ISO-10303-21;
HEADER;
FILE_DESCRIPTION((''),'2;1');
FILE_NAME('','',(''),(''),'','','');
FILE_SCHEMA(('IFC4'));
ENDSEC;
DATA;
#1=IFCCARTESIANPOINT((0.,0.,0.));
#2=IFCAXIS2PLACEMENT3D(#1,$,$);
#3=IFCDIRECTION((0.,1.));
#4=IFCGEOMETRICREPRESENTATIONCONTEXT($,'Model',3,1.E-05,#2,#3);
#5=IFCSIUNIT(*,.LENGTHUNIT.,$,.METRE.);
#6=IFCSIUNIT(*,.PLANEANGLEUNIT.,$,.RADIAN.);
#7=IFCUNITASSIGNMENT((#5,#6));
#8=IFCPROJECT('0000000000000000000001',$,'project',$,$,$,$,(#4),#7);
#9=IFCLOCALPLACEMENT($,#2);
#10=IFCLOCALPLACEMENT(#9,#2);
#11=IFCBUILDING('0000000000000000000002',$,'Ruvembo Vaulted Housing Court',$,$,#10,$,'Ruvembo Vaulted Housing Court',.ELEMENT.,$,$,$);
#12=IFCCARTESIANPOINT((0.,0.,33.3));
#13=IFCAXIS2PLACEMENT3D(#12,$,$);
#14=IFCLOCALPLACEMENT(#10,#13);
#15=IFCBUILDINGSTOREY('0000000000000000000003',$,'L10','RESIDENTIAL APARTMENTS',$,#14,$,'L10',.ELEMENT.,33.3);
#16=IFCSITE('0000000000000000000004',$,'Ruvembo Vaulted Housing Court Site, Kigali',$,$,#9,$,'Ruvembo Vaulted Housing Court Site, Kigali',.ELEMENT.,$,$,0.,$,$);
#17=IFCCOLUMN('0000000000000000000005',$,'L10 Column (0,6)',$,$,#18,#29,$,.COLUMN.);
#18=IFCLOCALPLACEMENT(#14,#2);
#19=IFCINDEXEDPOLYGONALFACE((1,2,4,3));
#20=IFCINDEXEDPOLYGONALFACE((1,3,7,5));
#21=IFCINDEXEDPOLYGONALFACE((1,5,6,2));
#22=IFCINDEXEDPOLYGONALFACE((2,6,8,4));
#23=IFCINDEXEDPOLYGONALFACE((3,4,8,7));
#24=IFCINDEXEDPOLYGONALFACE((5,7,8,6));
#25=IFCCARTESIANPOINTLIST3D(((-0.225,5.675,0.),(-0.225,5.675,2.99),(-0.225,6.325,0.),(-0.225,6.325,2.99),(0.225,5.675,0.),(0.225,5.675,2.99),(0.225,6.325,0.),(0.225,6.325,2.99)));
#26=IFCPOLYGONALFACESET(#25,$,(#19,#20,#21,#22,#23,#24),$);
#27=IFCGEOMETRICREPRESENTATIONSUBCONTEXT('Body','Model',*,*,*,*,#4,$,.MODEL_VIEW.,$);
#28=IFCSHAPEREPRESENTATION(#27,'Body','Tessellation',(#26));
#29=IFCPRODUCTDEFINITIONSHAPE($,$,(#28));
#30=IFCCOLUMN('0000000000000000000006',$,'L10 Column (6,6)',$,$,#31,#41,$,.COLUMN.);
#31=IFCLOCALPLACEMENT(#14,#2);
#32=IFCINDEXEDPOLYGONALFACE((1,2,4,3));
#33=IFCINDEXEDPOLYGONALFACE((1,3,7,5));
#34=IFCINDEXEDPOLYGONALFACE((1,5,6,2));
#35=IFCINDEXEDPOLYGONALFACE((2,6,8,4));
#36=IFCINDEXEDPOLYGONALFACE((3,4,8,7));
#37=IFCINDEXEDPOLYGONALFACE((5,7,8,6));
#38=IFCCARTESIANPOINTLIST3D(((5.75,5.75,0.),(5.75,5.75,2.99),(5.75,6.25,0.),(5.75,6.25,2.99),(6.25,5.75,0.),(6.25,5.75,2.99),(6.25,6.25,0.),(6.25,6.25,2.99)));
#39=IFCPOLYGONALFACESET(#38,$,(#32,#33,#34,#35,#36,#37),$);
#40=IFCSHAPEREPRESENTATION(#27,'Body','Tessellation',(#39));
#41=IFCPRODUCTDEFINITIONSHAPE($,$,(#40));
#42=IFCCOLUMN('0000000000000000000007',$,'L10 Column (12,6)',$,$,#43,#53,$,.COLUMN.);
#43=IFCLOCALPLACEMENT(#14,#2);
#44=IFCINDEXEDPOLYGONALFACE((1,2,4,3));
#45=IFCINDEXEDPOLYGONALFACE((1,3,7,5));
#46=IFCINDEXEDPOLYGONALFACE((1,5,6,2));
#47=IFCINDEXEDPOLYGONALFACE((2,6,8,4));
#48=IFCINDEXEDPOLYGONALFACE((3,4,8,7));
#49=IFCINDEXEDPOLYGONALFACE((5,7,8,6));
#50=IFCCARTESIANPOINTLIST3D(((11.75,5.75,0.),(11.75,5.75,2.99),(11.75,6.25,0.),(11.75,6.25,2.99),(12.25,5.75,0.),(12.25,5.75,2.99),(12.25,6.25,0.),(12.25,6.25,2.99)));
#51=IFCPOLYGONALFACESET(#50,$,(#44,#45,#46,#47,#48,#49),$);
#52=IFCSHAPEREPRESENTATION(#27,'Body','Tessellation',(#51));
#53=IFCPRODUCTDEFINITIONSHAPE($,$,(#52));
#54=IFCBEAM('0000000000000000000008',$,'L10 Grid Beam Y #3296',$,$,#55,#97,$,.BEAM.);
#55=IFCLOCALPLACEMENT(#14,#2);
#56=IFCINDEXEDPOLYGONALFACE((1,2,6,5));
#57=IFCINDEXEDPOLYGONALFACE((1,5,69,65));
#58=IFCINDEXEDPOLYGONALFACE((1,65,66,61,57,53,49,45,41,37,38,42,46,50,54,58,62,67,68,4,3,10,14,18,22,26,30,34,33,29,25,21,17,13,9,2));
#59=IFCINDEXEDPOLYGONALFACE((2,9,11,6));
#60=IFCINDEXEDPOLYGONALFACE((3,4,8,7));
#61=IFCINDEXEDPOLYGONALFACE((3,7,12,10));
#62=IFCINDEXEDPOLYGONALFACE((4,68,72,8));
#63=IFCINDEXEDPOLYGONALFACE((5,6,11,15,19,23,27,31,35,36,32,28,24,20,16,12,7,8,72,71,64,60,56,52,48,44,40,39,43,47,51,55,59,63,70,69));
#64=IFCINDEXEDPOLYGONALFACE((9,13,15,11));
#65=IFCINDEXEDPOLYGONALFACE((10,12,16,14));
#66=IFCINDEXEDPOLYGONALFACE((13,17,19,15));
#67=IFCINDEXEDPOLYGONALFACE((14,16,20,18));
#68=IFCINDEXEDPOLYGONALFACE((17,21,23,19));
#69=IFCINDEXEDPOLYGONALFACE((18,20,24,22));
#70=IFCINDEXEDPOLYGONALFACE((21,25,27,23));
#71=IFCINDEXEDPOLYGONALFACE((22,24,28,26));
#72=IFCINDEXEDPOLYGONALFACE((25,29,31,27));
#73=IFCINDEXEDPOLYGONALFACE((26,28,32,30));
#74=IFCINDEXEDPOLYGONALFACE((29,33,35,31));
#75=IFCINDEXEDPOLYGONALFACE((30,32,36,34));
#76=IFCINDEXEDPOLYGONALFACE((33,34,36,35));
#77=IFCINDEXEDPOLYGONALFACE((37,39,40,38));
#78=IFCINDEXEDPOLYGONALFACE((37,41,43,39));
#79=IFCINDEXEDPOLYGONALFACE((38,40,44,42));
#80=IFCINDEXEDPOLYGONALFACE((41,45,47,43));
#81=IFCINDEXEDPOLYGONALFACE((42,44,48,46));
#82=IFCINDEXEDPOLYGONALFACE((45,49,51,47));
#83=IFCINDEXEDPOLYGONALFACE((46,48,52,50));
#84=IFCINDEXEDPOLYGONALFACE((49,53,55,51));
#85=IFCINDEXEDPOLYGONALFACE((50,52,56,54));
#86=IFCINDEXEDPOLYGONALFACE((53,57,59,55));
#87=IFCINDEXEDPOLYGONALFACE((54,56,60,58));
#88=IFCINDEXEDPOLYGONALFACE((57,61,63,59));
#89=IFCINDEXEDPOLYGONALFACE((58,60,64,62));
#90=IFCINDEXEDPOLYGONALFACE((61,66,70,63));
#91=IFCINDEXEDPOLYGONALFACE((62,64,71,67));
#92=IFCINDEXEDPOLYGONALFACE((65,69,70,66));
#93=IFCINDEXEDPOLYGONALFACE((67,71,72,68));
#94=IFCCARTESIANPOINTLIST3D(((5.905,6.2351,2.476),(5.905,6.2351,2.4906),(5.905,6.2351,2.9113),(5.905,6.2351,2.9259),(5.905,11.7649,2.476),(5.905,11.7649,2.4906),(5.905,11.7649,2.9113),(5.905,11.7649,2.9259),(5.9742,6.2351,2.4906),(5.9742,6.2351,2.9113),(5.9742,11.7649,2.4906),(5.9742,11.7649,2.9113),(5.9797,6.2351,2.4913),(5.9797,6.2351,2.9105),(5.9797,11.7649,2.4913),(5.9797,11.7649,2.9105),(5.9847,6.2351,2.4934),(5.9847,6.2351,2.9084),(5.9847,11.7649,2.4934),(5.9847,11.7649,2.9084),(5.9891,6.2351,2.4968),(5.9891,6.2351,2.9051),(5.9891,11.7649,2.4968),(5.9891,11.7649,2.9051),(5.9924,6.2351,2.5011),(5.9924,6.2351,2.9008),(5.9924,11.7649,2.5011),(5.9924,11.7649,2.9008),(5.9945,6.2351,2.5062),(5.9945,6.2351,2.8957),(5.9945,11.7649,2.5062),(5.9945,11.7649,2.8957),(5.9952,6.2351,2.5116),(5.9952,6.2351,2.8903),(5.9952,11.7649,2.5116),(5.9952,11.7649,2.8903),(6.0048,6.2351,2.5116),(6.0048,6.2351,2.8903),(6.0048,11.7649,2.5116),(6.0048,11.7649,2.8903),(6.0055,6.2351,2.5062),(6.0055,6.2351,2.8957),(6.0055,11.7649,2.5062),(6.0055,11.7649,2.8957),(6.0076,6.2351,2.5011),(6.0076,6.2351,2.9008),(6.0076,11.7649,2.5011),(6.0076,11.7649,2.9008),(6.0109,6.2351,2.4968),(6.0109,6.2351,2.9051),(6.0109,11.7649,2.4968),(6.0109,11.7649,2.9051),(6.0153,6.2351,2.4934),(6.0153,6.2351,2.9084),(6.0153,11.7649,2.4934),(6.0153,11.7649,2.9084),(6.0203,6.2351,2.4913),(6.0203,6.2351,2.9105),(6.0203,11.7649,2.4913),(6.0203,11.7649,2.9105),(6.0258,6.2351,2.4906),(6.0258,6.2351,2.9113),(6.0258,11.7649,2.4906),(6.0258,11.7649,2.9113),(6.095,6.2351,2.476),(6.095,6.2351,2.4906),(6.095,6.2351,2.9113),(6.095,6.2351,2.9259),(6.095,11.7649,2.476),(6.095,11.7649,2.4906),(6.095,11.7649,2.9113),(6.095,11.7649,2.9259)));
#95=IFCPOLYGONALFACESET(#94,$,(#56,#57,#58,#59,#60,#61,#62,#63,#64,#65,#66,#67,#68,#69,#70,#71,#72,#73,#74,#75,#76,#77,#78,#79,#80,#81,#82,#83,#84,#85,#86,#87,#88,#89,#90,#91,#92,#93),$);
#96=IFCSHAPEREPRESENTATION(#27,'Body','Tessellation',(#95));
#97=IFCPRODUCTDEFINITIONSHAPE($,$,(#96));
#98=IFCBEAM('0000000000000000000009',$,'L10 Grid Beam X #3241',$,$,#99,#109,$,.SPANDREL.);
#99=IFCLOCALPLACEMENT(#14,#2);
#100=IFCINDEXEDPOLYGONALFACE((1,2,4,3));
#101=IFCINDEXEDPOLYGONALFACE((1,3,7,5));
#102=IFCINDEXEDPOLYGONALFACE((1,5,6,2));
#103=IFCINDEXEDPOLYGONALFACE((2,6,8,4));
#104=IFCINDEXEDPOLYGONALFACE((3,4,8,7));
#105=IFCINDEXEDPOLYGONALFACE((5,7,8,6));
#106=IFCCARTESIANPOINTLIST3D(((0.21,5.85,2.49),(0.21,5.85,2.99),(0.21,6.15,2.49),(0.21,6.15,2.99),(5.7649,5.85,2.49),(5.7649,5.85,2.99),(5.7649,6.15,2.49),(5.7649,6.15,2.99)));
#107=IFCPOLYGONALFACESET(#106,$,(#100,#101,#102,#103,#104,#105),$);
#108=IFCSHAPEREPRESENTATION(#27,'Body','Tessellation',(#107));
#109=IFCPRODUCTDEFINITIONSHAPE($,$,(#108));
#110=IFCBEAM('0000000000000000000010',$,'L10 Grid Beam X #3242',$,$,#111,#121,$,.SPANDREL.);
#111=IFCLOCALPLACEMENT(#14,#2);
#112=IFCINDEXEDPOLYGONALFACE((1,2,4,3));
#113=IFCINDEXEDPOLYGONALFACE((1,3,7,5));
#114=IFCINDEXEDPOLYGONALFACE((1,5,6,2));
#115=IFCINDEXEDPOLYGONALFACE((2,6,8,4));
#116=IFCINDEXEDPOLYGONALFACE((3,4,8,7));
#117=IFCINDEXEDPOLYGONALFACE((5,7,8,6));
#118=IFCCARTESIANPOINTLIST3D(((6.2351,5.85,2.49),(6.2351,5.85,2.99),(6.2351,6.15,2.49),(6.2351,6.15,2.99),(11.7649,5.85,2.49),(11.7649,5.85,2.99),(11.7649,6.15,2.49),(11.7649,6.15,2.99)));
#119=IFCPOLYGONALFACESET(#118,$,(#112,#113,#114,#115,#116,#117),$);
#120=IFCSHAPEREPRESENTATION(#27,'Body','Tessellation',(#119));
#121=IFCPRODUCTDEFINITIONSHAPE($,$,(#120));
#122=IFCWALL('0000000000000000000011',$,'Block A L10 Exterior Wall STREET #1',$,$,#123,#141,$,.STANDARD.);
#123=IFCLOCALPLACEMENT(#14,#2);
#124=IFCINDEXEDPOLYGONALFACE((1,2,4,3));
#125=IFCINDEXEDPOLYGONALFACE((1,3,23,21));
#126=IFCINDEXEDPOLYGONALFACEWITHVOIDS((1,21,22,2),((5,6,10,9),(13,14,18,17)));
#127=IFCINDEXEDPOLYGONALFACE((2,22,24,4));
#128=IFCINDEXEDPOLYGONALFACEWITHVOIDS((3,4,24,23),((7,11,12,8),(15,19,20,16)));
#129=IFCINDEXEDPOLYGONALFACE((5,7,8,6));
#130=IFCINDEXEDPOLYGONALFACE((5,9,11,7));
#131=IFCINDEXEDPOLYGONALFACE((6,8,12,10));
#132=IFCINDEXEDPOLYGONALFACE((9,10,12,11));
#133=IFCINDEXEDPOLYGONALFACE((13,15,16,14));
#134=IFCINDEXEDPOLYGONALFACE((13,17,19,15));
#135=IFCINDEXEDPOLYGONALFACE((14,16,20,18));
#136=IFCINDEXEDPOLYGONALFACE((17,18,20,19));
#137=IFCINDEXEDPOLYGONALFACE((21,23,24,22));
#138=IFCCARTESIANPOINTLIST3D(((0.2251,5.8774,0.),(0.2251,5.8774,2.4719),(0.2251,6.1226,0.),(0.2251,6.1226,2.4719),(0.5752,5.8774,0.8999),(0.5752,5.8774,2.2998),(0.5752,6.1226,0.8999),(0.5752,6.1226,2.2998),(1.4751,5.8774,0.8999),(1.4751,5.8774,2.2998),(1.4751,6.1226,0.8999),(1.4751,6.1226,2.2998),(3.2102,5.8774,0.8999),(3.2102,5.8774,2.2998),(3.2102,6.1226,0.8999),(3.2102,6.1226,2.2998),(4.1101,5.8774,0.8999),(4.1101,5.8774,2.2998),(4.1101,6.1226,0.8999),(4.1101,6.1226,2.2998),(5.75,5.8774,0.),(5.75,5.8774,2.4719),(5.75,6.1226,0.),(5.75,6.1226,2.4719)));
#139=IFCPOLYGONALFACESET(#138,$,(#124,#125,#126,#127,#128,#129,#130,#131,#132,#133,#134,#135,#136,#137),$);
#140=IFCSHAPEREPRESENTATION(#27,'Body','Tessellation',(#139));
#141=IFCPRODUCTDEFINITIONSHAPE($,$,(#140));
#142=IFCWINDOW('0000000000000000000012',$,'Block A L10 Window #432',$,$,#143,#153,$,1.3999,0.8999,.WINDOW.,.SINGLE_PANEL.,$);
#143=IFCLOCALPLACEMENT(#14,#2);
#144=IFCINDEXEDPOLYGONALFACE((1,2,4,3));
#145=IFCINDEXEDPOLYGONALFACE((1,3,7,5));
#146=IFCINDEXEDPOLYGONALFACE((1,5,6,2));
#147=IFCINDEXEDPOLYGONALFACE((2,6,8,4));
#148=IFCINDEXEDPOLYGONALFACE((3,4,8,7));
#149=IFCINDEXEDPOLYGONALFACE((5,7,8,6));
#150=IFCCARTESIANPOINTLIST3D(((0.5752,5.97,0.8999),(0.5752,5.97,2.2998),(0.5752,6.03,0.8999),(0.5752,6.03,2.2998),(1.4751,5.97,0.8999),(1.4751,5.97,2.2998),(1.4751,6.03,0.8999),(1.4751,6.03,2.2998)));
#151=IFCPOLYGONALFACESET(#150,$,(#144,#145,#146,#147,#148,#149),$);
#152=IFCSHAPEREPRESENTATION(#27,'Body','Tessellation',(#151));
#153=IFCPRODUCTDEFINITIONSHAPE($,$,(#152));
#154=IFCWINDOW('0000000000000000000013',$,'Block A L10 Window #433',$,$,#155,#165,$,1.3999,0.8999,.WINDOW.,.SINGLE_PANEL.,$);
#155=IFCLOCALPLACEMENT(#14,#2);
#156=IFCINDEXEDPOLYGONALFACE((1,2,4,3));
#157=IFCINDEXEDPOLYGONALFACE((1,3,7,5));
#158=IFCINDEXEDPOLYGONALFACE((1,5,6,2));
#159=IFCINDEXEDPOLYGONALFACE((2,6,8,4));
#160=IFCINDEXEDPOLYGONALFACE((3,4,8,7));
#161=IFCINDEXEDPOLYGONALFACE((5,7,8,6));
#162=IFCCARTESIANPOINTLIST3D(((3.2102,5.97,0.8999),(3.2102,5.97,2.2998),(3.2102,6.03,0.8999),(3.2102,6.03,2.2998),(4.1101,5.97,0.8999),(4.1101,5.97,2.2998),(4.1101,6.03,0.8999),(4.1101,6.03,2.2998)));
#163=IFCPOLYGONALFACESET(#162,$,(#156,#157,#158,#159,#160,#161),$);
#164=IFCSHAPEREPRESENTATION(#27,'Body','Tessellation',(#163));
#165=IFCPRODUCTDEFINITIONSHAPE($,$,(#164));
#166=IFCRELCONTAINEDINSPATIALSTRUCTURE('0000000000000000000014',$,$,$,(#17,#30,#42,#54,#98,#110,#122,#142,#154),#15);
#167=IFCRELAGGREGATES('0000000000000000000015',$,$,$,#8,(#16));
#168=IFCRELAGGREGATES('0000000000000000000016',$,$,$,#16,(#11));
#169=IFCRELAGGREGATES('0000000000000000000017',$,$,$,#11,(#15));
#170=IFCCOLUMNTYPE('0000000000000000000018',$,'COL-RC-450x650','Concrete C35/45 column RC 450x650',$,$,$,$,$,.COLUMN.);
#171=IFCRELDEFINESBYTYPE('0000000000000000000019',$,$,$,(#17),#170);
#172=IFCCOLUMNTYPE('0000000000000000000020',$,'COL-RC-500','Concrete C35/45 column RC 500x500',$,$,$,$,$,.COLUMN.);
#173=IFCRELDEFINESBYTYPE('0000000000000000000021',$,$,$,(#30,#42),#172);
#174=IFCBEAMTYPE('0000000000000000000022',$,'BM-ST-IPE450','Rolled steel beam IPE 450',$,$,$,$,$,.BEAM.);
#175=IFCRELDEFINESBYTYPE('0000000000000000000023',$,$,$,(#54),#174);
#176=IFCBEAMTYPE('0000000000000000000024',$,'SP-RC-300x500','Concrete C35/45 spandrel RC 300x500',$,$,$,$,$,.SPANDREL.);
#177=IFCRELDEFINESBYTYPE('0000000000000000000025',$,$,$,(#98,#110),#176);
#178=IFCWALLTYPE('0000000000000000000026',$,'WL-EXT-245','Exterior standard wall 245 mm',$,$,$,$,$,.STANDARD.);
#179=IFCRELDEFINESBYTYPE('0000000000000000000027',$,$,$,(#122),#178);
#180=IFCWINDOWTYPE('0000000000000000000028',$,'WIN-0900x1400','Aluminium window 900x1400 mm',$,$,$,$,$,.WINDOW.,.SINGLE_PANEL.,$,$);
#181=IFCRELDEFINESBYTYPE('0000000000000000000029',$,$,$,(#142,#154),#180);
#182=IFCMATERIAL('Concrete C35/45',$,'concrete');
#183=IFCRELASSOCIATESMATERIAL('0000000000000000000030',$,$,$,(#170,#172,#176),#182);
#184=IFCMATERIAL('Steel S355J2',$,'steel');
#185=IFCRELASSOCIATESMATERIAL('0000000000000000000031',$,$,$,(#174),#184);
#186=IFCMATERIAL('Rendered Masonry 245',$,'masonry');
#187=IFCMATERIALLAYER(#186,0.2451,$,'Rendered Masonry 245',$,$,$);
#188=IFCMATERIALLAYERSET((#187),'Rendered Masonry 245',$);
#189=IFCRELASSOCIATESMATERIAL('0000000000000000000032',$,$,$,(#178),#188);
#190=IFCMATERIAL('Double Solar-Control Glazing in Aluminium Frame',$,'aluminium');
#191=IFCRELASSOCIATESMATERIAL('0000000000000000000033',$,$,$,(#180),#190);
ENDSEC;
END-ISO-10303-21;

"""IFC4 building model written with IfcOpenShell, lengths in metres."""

from ifc_helpers import new_model, si_unit, direction, frame, frame_2d, origin, origin_2d, place, context, subcontext, project, spatial, rectangle, i_section, extrude, material, layer, layer_set, material_profile, profile_set, type_object, element, fill, save


model = new_model("IFC4")

# Units and contexts
model_context = context("Model", 3, precision=1e-05, world=origin(), true_north=direction((0.0, 1.0)))
body_context = subcontext(model_context, "Body", "Model", "MODEL_VIEW")
ifc_project = project(units=[si_unit("LENGTHUNIT", "METRE"), si_unit("PLANEANGLEUNIT", "RADIAN")], contexts=[model_context])

# Site, building, storey
site_placement = place(None, origin())
site = spatial("IfcSite", under=ifc_project, at=site_placement, Name="Ruvembo Vaulted Housing Court Site, Kigali", LongName="Ruvembo Vaulted Housing Court Site, Kigali", CompositionType="ELEMENT", RefElevation=0.0)
building_placement = place(site_placement, origin())
building = spatial("IfcBuilding", under=site, at=building_placement, Name="Ruvembo Vaulted Housing Court", LongName="Ruvembo Vaulted Housing Court", CompositionType="ELEMENT")
storey_placement = place(building_placement, frame((0.0, 0.0, 33.3)))
storey = spatial("IfcBuildingStorey", under=building, at=storey_placement, Name="L10", Description="RESIDENTIAL APARTMENTS", LongName="L10", CompositionType="ELEMENT", Elevation=33.3)

# Columns
ifc_material_1 = material(Name="Concrete C35/45", Category="concrete")
ifc_material_profile_1 = material_profile(ifc_material_1, rectangle(XDim=0.45, YDim=0.6499, at=origin_2d()), Name="RC 450x650")
ifc_profile_set_1 = profile_set([ifc_material_profile_1], Name="Concrete C35/45")
column_type_1 = type_object("IfcColumnType", Name="COL-RC-450x650", Description="Concrete C35/45 column RC 450x650", PredefinedType="COLUMN", material=ifc_profile_set_1)
column_placement = place(storey_placement, frame((0.0, 6.0, 0.0), z_axis=(0.0, 0.0, 1.0), x_axis=(1.0, 0.0, 0.0)))
element("IfcColumn", 1, at=column_placement, inside=storey, type_object=column_type_1, Name="L10 Column (0,6)", PredefinedType="COLUMN", context=body_context, shape_type="SweptSolid", body=[
    extrude(rectangle(XDim=0.45, YDim=0.6499, at=origin_2d()), origin(), (0.0, 0.0, 1.0), 2.99),
])
ifc_material_profile_2 = material_profile(ifc_material_1, rectangle(XDim=0.5, YDim=0.5, at=origin_2d()), Name="RC 500x500")
ifc_profile_set_2 = profile_set([ifc_material_profile_2], Name="Concrete C35/45")
column_type_2 = type_object("IfcColumnType", Name="COL-RC-500", Description="Concrete C35/45 column RC 500x500", PredefinedType="COLUMN", material=ifc_profile_set_2)
for number, where, z_axis, x_axis, name in (
    (2, (6.0, 6.0, 0.0), (0.0, 0.0, 1.0), (1.0, 0.0, 0.0), "L10 Column (6,6)"),
    (3, (12.0, 6.0, 0.0), (0.0, 0.0, 1.0), (1.0, 0.0, 0.0), "L10 Column (12,6)"),
):
    element("IfcColumn", number, at=place(storey_placement, frame(where, z_axis=z_axis, x_axis=x_axis)), inside=storey, type_object=column_type_2, Name=name, PredefinedType="COLUMN", context=body_context, shape_type="SweptSolid", body=[
        extrude(rectangle(XDim=0.5, YDim=0.5, at=origin_2d()), origin(), (0.0, 0.0, 1.0), 2.99),
    ])

# Beams
ifc_material_2 = material(Name="Steel S355J2", Category="steel")
ifc_material_profile_3 = material_profile(ifc_material_2, i_section(OverallWidth=0.1899, OverallDepth=0.45, WebThickness=0.0095, FlangeThickness=0.0146, FilletRadius=0.021, at=origin_2d()), Name="IPE 450")
ifc_profile_set_3 = profile_set([ifc_material_profile_3], Name="Steel S355J2")
beam_type_1 = type_object("IfcBeamType", Name="BM-ST-IPE450", Description="Rolled steel beam IPE 450", PredefinedType="BEAM", material=ifc_profile_set_3)
beam_1_placement = place(storey_placement, frame((6.0, 6.2351, 2.7009), z_axis=(0.0, 1.0, 0.0), x_axis=(-1.0, 0.0, 0.0)))
element("IfcBeam", 4, at=beam_1_placement, inside=storey, type_object=beam_type_1, Name="L10 Grid Beam Y #3296", PredefinedType="BEAM", context=body_context, shape_type="SweptSolid", body=[
    extrude(i_section(OverallWidth=0.1899, OverallDepth=0.45, WebThickness=0.0095, FlangeThickness=0.0146, FilletRadius=0.021, at=origin_2d()), origin(), (0.0, 0.0, 1.0), 5.5298),
])
ifc_material_profile_4 = material_profile(ifc_material_1, rectangle(XDim=0.3, YDim=0.5, at=origin_2d()), Name="RC 300x500")
ifc_profile_set_4 = profile_set([ifc_material_profile_4], Name="Concrete C35/45")
beam_type_2 = type_object("IfcBeamType", Name="SP-RC-300x500", Description="Concrete C35/45 spandrel RC 300x500", PredefinedType="SPANDREL", material=ifc_profile_set_4)
beam_2_placement = place(storey_placement, frame((0.21, 6.0, 2.74), z_axis=(1.0, 0.0, 0.0), x_axis=(0.0, 1.0, 0.0)))
element("IfcBeam", 5, at=beam_2_placement, inside=storey, type_object=beam_type_2, Name="L10 Grid Beam X #3241", PredefinedType="SPANDREL", context=body_context, shape_type="SweptSolid", body=[
    extrude(rectangle(XDim=0.3, YDim=0.5, at=origin_2d()), origin(), (0.0, 0.0, 1.0), 5.5549),
])
beam_3_placement = place(storey_placement, frame((6.2351, 6.0, 2.74), z_axis=(1.0, 0.0, 0.0), x_axis=(0.0, 1.0, 0.0)))
element("IfcBeam", 6, at=beam_3_placement, inside=storey, type_object=beam_type_2, Name="L10 Grid Beam X #3242", PredefinedType="SPANDREL", context=body_context, shape_type="SweptSolid", body=[
    extrude(rectangle(XDim=0.3, YDim=0.5, at=origin_2d()), origin(), (0.0, 0.0, 1.0), 5.5298),
])

# Wall, openings, windows
ifc_material_3 = material(Name="Rendered Masonry 245", Category="masonry")
ifc_layer_1 = layer(ifc_material_3, 0.2451, Name="Rendered Masonry 245")
ifc_layer_set_1 = layer_set([ifc_layer_1], Name="Rendered Masonry 245")
wall_type_1 = type_object("IfcWallType", Name="WL-EXT-245", Description="Exterior standard wall 245 mm", PredefinedType="STANDARD", material=ifc_layer_set_1)
wall_1_placement = place(storey_placement, frame((0.2251, 6.0, 0.0), z_axis=(0.0, 0.0, 1.0), x_axis=(1.0, 0.0, 0.0)))
wall_1 = element("IfcWall", 7, at=wall_1_placement, inside=storey, type_object=wall_type_1, Name="Block A L10 Exterior Wall STREET #1", PredefinedType="STANDARD", context=body_context, shape_type="SweptSolid", body=[
    extrude(rectangle(XDim=5.5249, YDim=0.2451, at=frame_2d((2.7625, 0.0))), origin(), (0.0, 0.0, 1.0), 2.4719),
])
opening_1_placement = place(wall_1_placement, frame((0.3501, 0.0, 0.8999)))
opening_1 = element("IfcOpeningElement", 8, at=opening_1_placement, cuts=wall_1, PredefinedType="OPENING", context=body_context, shape_type="SweptSolid", body=[
    extrude(rectangle(XDim=0.8999, YDim=1.3999, at=frame_2d((0.45, 0.7))), frame((0.0, 0.1326, 0.0), z_axis=(0.0, -1.0, 0.0), x_axis=(1.0, 0.0, 0.0)), (0.0, 0.0, 1.0), 0.2651),
])
opening_2_placement = place(wall_1_placement, frame((2.9851, 0.0, 0.8999)))
opening_2 = element("IfcOpeningElement", 9, at=opening_2_placement, cuts=wall_1, PredefinedType="OPENING", context=body_context, shape_type="SweptSolid", body=[
    extrude(rectangle(XDim=0.8999, YDim=1.3999, at=frame_2d((0.45, 0.7))), frame((0.0, 0.1326, 0.0), z_axis=(0.0, -1.0, 0.0), x_axis=(1.0, 0.0, 0.0)), (0.0, 0.0, 1.0), 0.2651),
])
ifc_material_4 = material(Name="Double Solar-Control Glazing in Aluminium Frame", Category="aluminium")
window_type_1 = type_object("IfcWindowType", Name="WIN-0900x1400", Description="Aluminium window 900x1400 mm", PartitioningType="SINGLE_PANEL", PredefinedType="WINDOW", material=ifc_material_4)
window_1_placement = place(opening_1_placement, origin())
window_1 = element("IfcWindow", 10, at=window_1_placement, inside=storey, type_object=window_type_1, Name="Block A L10 Window #432", OverallHeight=1.3999, OverallWidth=0.8999, PartitioningType="SINGLE_PANEL", PredefinedType="WINDOW", context=body_context, shape_type="SweptSolid", body=[
    extrude(rectangle(XDim=0.8999, YDim=1.3999, at=frame_2d((0.45, 0.7))), frame((0.0, 0.03, 0.0), z_axis=(0.0, -1.0, 0.0), x_axis=(1.0, 0.0, 0.0)), (0.0, 0.0, 1.0), 0.0601),
])
fill(opening_1, window_1)
window_2_placement = place(opening_2_placement, origin())
window_2 = element("IfcWindow", 11, at=window_2_placement, inside=storey, type_object=window_type_1, Name="Block A L10 Window #433", OverallHeight=1.3999, OverallWidth=0.8999, PartitioningType="SINGLE_PANEL", PredefinedType="WINDOW", context=body_context, shape_type="SweptSolid", body=[
    extrude(rectangle(XDim=0.8999, YDim=1.3999, at=frame_2d((0.45, 0.7))), frame((0.0, 0.03, 0.0), z_axis=(0.0, -1.0, 0.0), x_axis=(1.0, 0.0, 0.0)), (0.0, 0.0, 1.0), 0.0601),
])
fill(opening_2, window_2)

save(model, "model.ifc")
